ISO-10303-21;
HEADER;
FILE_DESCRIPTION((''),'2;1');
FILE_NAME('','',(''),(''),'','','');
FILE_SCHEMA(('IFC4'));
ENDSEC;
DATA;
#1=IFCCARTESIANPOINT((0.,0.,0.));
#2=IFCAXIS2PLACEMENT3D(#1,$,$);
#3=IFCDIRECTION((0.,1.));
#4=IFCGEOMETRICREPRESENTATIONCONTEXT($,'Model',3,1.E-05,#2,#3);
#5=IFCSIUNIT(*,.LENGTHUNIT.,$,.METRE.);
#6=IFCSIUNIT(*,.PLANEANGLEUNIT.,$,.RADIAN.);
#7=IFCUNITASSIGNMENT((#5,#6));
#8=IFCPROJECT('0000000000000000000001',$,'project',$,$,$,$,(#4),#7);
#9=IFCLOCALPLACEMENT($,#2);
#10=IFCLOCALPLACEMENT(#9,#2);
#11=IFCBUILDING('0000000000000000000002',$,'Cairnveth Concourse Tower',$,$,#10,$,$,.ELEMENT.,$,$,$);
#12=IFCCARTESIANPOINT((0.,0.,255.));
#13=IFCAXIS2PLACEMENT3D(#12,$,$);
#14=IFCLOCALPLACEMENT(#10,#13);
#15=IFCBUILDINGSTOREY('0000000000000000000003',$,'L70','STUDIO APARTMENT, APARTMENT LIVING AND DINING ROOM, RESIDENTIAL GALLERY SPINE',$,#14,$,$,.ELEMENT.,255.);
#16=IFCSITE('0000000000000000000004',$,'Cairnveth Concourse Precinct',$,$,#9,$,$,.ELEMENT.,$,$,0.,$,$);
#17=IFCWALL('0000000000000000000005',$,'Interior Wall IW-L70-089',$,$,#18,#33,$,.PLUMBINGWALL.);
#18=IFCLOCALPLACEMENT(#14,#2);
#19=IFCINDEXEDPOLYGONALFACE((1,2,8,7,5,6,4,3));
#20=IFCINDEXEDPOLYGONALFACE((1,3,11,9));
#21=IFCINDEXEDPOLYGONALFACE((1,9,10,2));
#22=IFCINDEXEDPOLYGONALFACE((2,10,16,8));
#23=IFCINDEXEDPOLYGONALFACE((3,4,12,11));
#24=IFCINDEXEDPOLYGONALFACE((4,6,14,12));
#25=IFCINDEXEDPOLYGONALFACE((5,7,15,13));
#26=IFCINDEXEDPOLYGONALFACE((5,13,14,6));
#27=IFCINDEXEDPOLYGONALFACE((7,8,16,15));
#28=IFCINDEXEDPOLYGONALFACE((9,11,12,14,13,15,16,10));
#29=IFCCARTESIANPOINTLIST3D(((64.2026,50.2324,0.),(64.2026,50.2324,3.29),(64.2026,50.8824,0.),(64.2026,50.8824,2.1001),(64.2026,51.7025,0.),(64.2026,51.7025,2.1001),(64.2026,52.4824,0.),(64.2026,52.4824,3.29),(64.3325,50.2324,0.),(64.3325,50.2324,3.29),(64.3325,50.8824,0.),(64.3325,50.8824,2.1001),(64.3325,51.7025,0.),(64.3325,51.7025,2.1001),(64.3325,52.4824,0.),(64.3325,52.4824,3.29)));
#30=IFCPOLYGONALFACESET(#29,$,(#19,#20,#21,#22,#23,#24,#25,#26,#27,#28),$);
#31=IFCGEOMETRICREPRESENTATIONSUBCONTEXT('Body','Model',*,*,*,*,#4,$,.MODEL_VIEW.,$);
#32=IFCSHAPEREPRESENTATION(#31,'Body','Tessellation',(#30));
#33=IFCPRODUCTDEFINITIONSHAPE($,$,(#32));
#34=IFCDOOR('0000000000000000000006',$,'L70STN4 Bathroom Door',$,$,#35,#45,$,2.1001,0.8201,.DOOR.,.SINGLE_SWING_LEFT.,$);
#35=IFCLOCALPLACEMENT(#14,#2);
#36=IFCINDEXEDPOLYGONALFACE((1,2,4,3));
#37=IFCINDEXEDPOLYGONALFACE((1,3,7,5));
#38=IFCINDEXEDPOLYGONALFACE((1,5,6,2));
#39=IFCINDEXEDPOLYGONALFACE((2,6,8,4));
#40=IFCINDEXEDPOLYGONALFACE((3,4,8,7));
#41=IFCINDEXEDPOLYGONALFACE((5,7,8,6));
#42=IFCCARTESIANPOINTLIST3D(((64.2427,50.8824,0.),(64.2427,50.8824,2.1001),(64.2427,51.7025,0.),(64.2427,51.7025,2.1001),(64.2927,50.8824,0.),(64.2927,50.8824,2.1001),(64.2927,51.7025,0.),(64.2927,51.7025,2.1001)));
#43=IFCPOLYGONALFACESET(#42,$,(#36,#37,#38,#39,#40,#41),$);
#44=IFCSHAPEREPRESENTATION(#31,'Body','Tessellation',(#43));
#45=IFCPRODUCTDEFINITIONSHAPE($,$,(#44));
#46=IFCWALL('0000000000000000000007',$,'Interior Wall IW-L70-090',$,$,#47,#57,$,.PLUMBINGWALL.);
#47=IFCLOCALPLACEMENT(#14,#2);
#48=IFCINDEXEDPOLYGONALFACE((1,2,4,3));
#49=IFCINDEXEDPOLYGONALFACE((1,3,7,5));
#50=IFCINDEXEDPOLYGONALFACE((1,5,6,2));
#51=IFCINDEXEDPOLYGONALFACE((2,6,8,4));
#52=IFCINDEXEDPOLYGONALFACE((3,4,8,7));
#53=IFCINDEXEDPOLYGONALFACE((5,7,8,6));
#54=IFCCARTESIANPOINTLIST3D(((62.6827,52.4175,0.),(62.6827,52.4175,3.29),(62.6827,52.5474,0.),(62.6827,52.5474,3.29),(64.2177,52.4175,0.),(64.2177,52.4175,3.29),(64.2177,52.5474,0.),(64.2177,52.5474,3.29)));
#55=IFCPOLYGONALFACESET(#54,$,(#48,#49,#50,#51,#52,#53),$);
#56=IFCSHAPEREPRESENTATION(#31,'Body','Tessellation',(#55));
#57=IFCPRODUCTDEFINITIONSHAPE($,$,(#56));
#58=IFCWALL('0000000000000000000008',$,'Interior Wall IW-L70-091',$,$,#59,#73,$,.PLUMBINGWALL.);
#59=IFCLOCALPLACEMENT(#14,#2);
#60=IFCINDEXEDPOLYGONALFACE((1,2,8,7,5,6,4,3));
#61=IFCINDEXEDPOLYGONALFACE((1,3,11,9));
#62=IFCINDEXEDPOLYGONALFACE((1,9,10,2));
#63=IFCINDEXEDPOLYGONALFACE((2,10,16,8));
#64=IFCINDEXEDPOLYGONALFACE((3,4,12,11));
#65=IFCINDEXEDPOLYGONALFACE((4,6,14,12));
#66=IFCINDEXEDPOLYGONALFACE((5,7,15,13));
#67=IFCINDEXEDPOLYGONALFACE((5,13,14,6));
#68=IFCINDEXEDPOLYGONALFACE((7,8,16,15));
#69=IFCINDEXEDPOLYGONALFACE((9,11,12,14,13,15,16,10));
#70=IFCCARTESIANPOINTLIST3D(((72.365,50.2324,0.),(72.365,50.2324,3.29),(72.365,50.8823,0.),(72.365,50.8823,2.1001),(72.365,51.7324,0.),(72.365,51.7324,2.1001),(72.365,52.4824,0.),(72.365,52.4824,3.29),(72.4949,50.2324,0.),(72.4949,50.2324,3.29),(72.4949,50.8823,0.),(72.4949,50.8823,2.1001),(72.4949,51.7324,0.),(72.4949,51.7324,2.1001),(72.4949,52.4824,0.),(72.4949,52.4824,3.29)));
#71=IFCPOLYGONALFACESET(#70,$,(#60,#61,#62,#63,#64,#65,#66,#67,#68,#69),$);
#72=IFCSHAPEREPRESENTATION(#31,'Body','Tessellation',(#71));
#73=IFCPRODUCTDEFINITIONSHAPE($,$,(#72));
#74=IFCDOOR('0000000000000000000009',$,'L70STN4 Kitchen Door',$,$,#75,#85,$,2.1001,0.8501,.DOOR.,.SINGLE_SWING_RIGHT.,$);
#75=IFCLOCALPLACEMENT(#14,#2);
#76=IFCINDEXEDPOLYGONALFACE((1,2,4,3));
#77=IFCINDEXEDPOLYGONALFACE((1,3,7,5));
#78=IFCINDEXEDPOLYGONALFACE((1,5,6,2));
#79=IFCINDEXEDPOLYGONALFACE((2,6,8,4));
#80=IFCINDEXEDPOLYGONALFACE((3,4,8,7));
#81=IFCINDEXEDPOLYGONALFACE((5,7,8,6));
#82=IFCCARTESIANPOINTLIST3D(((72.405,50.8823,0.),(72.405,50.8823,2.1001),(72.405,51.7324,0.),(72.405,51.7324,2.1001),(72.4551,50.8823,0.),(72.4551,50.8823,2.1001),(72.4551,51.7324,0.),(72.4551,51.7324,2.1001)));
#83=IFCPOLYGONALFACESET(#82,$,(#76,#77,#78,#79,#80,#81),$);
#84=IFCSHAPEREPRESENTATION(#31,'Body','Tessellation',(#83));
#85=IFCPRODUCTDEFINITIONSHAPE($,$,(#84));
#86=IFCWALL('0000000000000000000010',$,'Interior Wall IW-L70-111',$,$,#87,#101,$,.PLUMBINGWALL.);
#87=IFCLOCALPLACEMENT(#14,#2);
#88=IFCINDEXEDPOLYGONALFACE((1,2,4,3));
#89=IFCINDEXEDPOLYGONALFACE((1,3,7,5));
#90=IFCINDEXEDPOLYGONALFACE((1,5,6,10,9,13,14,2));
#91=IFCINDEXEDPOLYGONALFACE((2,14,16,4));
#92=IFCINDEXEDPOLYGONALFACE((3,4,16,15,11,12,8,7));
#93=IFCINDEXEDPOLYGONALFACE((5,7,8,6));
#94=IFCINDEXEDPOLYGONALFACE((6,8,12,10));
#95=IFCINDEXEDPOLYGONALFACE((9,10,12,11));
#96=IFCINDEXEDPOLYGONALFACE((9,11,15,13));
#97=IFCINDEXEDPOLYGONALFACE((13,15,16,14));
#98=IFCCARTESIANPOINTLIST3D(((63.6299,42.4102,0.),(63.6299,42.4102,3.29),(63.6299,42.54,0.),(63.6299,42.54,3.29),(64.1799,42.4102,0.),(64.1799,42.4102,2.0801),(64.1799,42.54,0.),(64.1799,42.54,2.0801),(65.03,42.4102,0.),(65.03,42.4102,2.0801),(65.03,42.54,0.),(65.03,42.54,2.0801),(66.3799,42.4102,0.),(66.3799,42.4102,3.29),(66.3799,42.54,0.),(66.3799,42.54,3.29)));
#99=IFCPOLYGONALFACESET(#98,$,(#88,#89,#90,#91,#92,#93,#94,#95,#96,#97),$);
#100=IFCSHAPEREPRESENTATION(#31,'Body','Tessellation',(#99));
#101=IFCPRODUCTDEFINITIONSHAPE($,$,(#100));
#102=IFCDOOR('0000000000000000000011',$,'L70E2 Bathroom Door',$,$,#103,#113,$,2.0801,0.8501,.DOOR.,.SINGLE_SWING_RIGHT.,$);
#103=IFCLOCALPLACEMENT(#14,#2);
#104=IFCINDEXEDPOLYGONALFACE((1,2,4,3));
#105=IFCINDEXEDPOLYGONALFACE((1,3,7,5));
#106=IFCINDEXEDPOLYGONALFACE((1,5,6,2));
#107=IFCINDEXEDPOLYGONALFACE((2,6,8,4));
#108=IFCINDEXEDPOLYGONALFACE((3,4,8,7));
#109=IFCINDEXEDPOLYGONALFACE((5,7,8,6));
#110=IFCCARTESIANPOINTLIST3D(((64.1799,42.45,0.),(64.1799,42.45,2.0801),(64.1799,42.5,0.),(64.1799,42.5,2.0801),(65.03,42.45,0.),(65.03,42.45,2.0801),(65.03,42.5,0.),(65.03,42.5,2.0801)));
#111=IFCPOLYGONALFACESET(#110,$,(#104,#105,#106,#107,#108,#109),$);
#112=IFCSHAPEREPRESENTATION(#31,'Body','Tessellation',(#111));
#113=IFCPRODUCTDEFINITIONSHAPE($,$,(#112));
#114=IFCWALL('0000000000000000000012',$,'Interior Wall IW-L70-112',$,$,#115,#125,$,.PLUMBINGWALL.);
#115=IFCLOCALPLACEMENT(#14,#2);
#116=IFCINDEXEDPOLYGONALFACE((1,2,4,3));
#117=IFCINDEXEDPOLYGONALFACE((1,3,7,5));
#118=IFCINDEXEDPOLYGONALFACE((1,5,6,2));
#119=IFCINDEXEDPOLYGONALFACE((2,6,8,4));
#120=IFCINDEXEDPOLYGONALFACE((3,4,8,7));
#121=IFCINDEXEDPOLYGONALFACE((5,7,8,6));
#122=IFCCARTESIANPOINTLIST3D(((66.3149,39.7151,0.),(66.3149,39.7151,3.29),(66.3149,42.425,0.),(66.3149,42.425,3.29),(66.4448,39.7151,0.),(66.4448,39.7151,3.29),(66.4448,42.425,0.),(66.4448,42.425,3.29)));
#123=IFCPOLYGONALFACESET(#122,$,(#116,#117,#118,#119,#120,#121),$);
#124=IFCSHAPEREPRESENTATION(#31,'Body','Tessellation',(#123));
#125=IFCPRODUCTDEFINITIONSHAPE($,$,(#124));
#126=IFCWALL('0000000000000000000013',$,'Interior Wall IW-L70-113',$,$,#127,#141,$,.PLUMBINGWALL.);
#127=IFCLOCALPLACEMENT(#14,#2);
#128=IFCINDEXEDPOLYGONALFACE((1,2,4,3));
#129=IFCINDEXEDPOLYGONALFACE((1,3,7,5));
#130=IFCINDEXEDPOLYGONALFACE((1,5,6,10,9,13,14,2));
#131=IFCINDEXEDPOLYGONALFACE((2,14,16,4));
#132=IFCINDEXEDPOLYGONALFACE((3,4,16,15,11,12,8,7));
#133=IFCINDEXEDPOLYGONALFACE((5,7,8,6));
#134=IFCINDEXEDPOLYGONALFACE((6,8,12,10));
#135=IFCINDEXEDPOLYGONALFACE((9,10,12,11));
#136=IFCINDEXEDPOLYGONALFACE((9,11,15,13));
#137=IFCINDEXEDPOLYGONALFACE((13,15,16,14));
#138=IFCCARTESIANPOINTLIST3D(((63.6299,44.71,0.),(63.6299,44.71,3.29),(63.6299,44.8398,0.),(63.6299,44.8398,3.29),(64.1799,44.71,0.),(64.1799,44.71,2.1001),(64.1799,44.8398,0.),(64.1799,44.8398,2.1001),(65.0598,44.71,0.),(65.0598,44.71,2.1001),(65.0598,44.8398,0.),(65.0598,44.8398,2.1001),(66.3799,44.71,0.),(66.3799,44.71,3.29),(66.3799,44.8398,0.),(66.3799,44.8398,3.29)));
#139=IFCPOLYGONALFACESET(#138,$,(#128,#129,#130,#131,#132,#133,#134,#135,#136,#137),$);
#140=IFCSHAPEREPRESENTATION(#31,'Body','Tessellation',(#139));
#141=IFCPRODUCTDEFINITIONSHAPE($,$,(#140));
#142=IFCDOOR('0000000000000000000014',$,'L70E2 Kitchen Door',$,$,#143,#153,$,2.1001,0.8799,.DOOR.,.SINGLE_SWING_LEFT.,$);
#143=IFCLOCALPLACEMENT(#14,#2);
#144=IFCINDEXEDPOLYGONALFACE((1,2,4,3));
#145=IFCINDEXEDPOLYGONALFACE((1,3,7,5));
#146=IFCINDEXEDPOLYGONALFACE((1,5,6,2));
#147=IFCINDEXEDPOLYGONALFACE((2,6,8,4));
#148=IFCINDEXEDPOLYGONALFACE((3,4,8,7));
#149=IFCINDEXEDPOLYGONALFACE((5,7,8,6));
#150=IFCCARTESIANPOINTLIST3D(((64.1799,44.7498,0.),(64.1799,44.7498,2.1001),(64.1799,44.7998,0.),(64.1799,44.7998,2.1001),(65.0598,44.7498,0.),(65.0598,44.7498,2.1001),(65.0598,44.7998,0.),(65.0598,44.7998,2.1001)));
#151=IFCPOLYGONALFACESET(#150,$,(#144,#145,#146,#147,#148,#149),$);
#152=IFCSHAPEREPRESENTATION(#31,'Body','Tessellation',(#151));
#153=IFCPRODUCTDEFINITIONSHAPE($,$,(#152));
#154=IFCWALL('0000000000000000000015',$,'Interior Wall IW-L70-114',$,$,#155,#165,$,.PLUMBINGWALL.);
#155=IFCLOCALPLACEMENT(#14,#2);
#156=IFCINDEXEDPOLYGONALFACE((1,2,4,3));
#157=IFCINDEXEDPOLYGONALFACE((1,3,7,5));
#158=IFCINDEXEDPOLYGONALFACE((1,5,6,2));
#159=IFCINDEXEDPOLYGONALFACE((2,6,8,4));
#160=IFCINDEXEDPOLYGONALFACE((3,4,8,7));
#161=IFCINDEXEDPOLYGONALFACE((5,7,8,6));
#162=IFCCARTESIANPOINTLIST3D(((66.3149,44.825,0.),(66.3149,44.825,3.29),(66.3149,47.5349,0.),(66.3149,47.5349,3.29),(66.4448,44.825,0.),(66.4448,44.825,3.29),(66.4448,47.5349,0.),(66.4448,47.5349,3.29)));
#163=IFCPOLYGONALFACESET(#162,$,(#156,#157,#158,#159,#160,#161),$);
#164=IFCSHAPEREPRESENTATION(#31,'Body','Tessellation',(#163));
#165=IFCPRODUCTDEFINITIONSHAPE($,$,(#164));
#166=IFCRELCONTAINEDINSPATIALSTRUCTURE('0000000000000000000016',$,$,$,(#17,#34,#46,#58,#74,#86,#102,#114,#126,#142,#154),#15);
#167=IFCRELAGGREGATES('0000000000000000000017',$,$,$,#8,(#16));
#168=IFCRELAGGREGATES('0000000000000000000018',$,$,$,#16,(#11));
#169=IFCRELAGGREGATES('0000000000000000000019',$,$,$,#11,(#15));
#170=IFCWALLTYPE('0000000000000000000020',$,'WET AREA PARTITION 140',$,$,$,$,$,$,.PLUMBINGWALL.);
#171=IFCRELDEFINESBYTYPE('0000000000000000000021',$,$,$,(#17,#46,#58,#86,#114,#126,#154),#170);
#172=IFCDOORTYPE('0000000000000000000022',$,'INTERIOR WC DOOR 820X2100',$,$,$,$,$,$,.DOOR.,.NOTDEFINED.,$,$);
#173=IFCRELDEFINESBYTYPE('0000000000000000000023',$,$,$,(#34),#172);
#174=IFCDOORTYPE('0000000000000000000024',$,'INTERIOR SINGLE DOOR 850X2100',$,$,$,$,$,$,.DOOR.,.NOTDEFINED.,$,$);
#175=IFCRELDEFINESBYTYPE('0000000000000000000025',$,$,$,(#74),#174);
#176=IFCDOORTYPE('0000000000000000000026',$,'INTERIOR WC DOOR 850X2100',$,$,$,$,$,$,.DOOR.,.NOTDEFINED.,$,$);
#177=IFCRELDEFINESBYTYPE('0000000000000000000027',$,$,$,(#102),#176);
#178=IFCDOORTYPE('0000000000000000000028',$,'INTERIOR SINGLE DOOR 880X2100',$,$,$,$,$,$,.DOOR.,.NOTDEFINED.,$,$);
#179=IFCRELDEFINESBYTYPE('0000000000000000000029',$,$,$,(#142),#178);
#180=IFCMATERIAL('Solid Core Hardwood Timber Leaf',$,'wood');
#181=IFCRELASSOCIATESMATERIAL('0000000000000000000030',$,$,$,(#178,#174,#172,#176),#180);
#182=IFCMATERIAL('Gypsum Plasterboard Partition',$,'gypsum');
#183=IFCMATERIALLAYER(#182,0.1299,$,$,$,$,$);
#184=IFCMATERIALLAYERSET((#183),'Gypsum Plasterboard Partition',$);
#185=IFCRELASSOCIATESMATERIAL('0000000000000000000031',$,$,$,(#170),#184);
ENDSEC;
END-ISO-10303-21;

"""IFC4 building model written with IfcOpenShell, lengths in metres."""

from ifc_helpers import new_model, si_unit, direction, frame, frame_2d, origin, place, context, subcontext, project, spatial, rectangle, extrude, material, layer, layer_set, type_object, element, fill, save


model = new_model("IFC4")

# Units and contexts
model_context = context("Model", 3, precision=1e-05, world=origin(), true_north=direction((0.0, 1.0)))
body_context = subcontext(model_context, "Body", "Model", "MODEL_VIEW")
ifc_project = project(units=[si_unit("LENGTHUNIT", "METRE"), si_unit("PLANEANGLEUNIT", "RADIAN")], contexts=[model_context])

# Site, building, storey
site_placement = place(None, origin())
site = spatial("IfcSite", under=ifc_project, at=site_placement, Name="Cairnveth Concourse Precinct", CompositionType="ELEMENT", RefElevation=0.0)
building_placement = place(site_placement, origin())
building = spatial("IfcBuilding", under=site, at=building_placement, Name="Cairnveth Concourse Tower", CompositionType="ELEMENT")
storey_placement = place(building_placement, frame((0.0, 0.0, 255.0)))
storey = spatial("IfcBuildingStorey", under=building, at=storey_placement, Name="L70", Description="STUDIO APARTMENT, APARTMENT LIVING AND DINING ROOM, RESIDENTIAL GALLERY SPINE", CompositionType="ELEMENT", Elevation=255.0)

# Shared definitions
ifc_material_1 = material(Name="Gypsum Plasterboard Partition", Category="gypsum")

# Shared definitions
ifc_material_2 = material(Name="Solid Core Hardwood Timber Leaf", Category="wood")
door_type_1 = type_object("IfcDoorType", Name="INTERIOR SINGLE DOOR 880X2100", OperationType="NOTDEFINED", PredefinedType="DOOR", material=ifc_material_2)
ifc_layer_1 = layer(ifc_material_1, 0.1299)
ifc_layer_set_1 = layer_set([ifc_layer_1], Name="Gypsum Plasterboard Partition")
wall_type_1 = type_object("IfcWallType", Name="WET AREA PARTITION 140", PredefinedType="PLUMBINGWALL", material=ifc_layer_set_1)
door_type_2 = type_object("IfcDoorType", Name="INTERIOR SINGLE DOOR 850X2100", OperationType="NOTDEFINED", PredefinedType="DOOR", material=ifc_material_2)

# Wall, opening, door
wall_1_placement = place(storey_placement, frame((64.2676, 50.2324, 0.0), z_axis=(0.0, 0.0, 1.0), x_axis=(0.0, 1.0, 0.0)))
wall_1 = element("IfcWall", 1, at=wall_1_placement, inside=storey, type_object=wall_type_1, Name="Interior Wall IW-L70-089", PredefinedType="PLUMBINGWALL", context=body_context, shape_type="SweptSolid", body=[
    extrude(rectangle(XDim=2.25, YDim=0.1299, at=frame_2d((1.125, 0.0))), origin(), (0.0, 0.0, 1.0), 3.29),
])
opening_1_placement = place(wall_1_placement, frame((0.6499, 0.0, 0.0)))
opening_1 = element("IfcOpeningElement", 2, at=opening_1_placement, cuts=wall_1, PredefinedType="OPENING", context=body_context, shape_type="SweptSolid", body=[
    extrude(rectangle(XDim=0.8201, YDim=2.1001, at=frame_2d((0.4102, 1.05))), frame((0.0, 0.075, 0.0), z_axis=(0.0, -1.0, 0.0), x_axis=(1.0, 0.0, 0.0)), (0.0, 0.0, 1.0), 0.1499),
])
door_type_3 = type_object("IfcDoorType", Name="INTERIOR WC DOOR 820X2100", OperationType="NOTDEFINED", PredefinedType="DOOR", material=ifc_material_2)
door_1_placement = place(opening_1_placement, origin())
door_1 = element("IfcDoor", 3, at=door_1_placement, inside=storey, type_object=door_type_3, Name="L70STN4 Bathroom Door", OperationType="SINGLE_SWING_LEFT", OverallHeight=2.1001, OverallWidth=0.8201, PredefinedType="DOOR", context=body_context, shape_type="SweptSolid", body=[
    extrude(rectangle(XDim=0.8201, YDim=2.1001, at=frame_2d((0.4102, 1.05))), frame((0.0, 0.0249, 0.0), z_axis=(0.0, -1.0, 0.0), x_axis=(1.0, 0.0, 0.0)), (0.0, 0.0, 1.0), 0.05),
])
fill(opening_1, door_1)

# Wall
wall_2_placement = place(storey_placement, frame((62.6826, 52.4824, 0.0), z_axis=(0.0, 0.0, 1.0), x_axis=(1.0, 0.0, 0.0)))
element("IfcWall", 4, at=wall_2_placement, inside=storey, type_object=wall_type_1, Name="Interior Wall IW-L70-090", PredefinedType="PLUMBINGWALL", context=body_context, shape_type="SweptSolid", body=[
    extrude(rectangle(XDim=1.5349, YDim=0.1299, at=frame_2d((0.7676, 0.0))), origin(), (0.0, 0.0, 1.0), 3.29),
])

# Walls, openings, doors
wall_3_placement = place(storey_placement, frame((72.4299, 50.2324, 0.0), z_axis=(0.0, 0.0, 1.0), x_axis=(0.0, 1.0, 0.0)))
wall_3 = element("IfcWall", 5, at=wall_3_placement, inside=storey, type_object=wall_type_1, Name="Interior Wall IW-L70-091", PredefinedType="PLUMBINGWALL", context=body_context, shape_type="SweptSolid", body=[
    extrude(rectangle(XDim=2.25, YDim=0.1299, at=frame_2d((1.125, 0.0))), origin(), (0.0, 0.0, 1.0), 3.29),
])
opening_2_placement = place(wall_3_placement, frame((0.6499, 0.0, 0.0)))
opening_2 = element("IfcOpeningElement", 6, at=opening_2_placement, cuts=wall_3, PredefinedType="OPENING", context=body_context, shape_type="SweptSolid", body=[
    extrude(rectangle(XDim=0.8501, YDim=2.1001, at=frame_2d((0.425, 1.05))), frame((0.0, 0.075, 0.0), z_axis=(0.0, -1.0, 0.0), x_axis=(1.0, 0.0, 0.0)), (0.0, 0.0, 1.0), 0.1499),
])
door_2_placement = place(opening_2_placement, origin())
door_2 = element("IfcDoor", 7, at=door_2_placement, inside=storey, type_object=door_type_2, Name="L70STN4 Kitchen Door", OperationType="SINGLE_SWING_RIGHT", OverallHeight=2.1001, OverallWidth=0.8501, PredefinedType="DOOR", context=body_context, shape_type="SweptSolid", body=[
    extrude(rectangle(XDim=0.8501, YDim=2.1001, at=frame_2d((0.425, 1.05))), frame((0.0, 0.0249, 0.0), z_axis=(0.0, -1.0, 0.0), x_axis=(1.0, 0.0, 0.0)), (0.0, 0.0, 1.0), 0.05),
])
fill(opening_2, door_2)
wall_4_placement = place(storey_placement, frame((63.6299, 42.4751, 0.0), z_axis=(0.0, 0.0, 1.0), x_axis=(1.0, 0.0, 0.0)))
wall_4 = element("IfcWall", 8, at=wall_4_placement, inside=storey, type_object=wall_type_1, Name="Interior Wall IW-L70-111", PredefinedType="PLUMBINGWALL", context=body_context, shape_type="SweptSolid", body=[
    extrude(rectangle(XDim=2.75, YDim=0.1299, at=frame_2d((1.375, 0.0))), origin(), (0.0, 0.0, 1.0), 3.29),
])
opening_3_placement = place(wall_4_placement, frame((0.55, 0.0, 0.0)))
opening_3 = element("IfcOpeningElement", 9, at=opening_3_placement, cuts=wall_4, PredefinedType="OPENING", context=body_context, shape_type="SweptSolid", body=[
    extrude(rectangle(XDim=0.8501, YDim=2.0801, at=frame_2d((0.425, 1.04))), frame((0.0, 0.075, 0.0), z_axis=(0.0, -1.0, 0.0), x_axis=(1.0, 0.0, 0.0)), (0.0, 0.0, 1.0), 0.1499),
])
door_type_4 = type_object("IfcDoorType", Name="INTERIOR WC DOOR 850X2100", OperationType="NOTDEFINED", PredefinedType="DOOR", material=ifc_material_2)
door_3_placement = place(opening_3_placement, origin())
door_3 = element("IfcDoor", 10, at=door_3_placement, inside=storey, type_object=door_type_4, Name="L70E2 Bathroom Door", OperationType="SINGLE_SWING_RIGHT", OverallHeight=2.0801, OverallWidth=0.8501, PredefinedType="DOOR", context=body_context, shape_type="SweptSolid", body=[
    extrude(rectangle(XDim=0.8501, YDim=2.0801, at=frame_2d((0.425, 1.04))), frame((0.0, 0.0249, 0.0), z_axis=(0.0, -1.0, 0.0), x_axis=(1.0, 0.0, 0.0)), (0.0, 0.0, 1.0), 0.05),
])
fill(opening_3, door_3)

# Wall
wall_5_placement = place(storey_placement, frame((66.3799, 39.7151, 0.0), z_axis=(0.0, 0.0, 1.0), x_axis=(0.0, 1.0, 0.0)))
element("IfcWall", 11, at=wall_5_placement, inside=storey, type_object=wall_type_1, Name="Interior Wall IW-L70-112", PredefinedType="PLUMBINGWALL", context=body_context, shape_type="SweptSolid", body=[
    extrude(rectangle(XDim=2.71, YDim=0.1299, at=frame_2d((1.355, 0.0))), origin(), (0.0, 0.0, 1.0), 3.29),
])

# Wall, opening, door
wall_6_placement = place(storey_placement, frame((63.6299, 44.7749, 0.0), z_axis=(0.0, 0.0, 1.0), x_axis=(1.0, 0.0, 0.0)))
wall_6 = element("IfcWall", 12, at=wall_6_placement, inside=storey, type_object=wall_type_1, Name="Interior Wall IW-L70-113", PredefinedType="PLUMBINGWALL", context=body_context, shape_type="SweptSolid", body=[
    extrude(rectangle(XDim=2.75, YDim=0.1299, at=frame_2d((1.375, 0.0))), origin(), (0.0, 0.0, 1.0), 3.29),
])
opening_4_placement = place(wall_6_placement, frame((0.55, 0.0, 0.0)))
opening_4 = element("IfcOpeningElement", 13, at=opening_4_placement, cuts=wall_6, PredefinedType="OPENING", context=body_context, shape_type="SweptSolid", body=[
    extrude(rectangle(XDim=0.8799, YDim=2.1001, at=frame_2d((0.4399, 1.05))), frame((0.0, 0.075, 0.0), z_axis=(0.0, -1.0, 0.0), x_axis=(1.0, 0.0, 0.0)), (0.0, 0.0, 1.0), 0.1499),
])
door_4_placement = place(opening_4_placement, origin())
door_4 = element("IfcDoor", 14, at=door_4_placement, inside=storey, type_object=door_type_1, Name="L70E2 Kitchen Door", OperationType="SINGLE_SWING_LEFT", OverallHeight=2.1001, OverallWidth=0.8799, PredefinedType="DOOR", context=body_context, shape_type="SweptSolid", body=[
    extrude(rectangle(XDim=0.8799, YDim=2.1001, at=frame_2d((0.4399, 1.05))), frame((0.0, 0.0249, 0.0), z_axis=(0.0, -1.0, 0.0), x_axis=(1.0, 0.0, 0.0)), (0.0, 0.0, 1.0), 0.05),
])
fill(opening_4, door_4)

# Wall
wall_7_placement = place(storey_placement, frame((66.3799, 44.825, 0.0), z_axis=(0.0, 0.0, 1.0), x_axis=(0.0, 1.0, 0.0)))
element("IfcWall", 15, at=wall_7_placement, inside=storey, type_object=wall_type_1, Name="Interior Wall IW-L70-114", PredefinedType="PLUMBINGWALL", context=body_context, shape_type="SweptSolid", body=[
    extrude(rectangle(XDim=2.71, YDim=0.1299, at=frame_2d((1.355, 0.0))), origin(), (0.0, 0.0, 1.0), 3.29),
])

save(model, "model.ifc")
